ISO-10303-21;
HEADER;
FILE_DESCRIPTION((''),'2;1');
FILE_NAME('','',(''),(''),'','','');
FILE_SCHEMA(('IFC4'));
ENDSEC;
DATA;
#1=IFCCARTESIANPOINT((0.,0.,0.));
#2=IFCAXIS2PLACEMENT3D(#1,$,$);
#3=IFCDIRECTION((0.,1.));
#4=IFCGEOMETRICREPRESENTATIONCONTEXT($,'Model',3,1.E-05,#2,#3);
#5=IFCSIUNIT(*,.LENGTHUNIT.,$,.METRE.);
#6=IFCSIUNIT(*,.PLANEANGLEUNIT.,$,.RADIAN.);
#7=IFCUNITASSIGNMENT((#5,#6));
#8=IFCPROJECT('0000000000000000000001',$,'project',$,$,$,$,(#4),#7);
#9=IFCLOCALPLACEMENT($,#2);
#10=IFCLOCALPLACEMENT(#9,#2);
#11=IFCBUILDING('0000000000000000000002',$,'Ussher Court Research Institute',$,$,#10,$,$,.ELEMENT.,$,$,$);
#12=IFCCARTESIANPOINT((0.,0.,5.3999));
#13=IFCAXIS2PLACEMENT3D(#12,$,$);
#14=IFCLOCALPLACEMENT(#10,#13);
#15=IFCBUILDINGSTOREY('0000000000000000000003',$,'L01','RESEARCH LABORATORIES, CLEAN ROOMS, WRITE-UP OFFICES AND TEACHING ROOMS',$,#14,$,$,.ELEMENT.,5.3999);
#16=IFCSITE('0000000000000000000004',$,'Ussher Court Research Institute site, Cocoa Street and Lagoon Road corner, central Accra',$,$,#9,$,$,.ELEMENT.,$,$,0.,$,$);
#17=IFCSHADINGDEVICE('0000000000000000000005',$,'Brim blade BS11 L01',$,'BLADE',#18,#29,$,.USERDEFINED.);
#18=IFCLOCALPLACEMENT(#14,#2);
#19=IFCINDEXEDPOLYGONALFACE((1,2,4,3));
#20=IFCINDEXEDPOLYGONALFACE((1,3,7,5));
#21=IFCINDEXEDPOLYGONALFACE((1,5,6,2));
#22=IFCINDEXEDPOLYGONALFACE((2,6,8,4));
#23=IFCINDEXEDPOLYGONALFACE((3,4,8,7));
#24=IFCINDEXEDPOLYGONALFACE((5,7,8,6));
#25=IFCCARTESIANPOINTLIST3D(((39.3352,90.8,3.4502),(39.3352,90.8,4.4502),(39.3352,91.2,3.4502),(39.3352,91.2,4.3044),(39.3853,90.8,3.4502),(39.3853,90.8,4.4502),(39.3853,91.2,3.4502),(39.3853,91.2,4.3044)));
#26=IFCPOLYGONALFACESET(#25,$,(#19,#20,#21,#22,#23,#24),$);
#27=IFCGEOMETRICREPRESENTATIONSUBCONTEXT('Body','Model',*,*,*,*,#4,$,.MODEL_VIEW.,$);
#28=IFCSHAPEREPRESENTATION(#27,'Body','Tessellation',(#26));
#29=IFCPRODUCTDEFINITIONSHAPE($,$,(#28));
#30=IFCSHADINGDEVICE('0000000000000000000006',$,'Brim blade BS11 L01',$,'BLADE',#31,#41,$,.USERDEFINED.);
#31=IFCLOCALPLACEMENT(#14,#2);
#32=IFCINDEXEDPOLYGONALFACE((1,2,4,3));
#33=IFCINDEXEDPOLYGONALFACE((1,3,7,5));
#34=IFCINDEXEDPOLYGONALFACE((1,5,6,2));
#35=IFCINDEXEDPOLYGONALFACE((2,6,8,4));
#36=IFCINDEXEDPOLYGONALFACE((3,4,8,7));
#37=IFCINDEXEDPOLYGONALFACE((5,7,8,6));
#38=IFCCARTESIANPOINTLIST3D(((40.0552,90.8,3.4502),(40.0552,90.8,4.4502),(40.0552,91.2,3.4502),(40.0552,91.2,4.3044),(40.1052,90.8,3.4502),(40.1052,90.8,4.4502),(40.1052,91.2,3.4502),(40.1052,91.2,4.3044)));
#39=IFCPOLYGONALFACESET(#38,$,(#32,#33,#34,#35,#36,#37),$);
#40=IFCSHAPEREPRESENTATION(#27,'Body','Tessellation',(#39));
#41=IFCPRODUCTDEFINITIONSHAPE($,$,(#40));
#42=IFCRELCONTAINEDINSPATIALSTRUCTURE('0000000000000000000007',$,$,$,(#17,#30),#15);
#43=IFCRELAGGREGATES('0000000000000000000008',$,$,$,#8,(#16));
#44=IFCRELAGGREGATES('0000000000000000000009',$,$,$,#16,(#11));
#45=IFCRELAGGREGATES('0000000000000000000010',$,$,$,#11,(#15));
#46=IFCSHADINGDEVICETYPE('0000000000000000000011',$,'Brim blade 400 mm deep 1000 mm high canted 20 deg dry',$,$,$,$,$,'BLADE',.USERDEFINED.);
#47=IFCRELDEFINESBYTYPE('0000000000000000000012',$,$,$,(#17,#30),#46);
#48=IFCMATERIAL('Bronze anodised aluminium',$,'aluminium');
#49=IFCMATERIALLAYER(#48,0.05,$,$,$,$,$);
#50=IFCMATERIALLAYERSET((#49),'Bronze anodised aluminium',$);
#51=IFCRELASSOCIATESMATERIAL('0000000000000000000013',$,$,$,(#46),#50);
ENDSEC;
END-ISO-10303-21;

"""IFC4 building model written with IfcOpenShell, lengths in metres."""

from ifc_helpers import new_model, si_unit, direction, frame, origin, place, context, subcontext, project, spatial, polyline, outline, extrude, material, layer, layer_set, type_object, element, save


model = new_model("IFC4")

# Units and contexts
model_context = context("Model", 3, precision=1e-05, world=origin(), true_north=direction((0.0, 1.0)))
body_context = subcontext(model_context, "Body", "Model", "MODEL_VIEW")
ifc_project = project(units=[si_unit("LENGTHUNIT", "METRE"), si_unit("PLANEANGLEUNIT", "RADIAN")], contexts=[model_context])

# Site, building, storey
site_placement = place(None, origin())
site = spatial("IfcSite", under=ifc_project, at=site_placement, Name="Ussher Court Research Institute site, Cocoa Street and Lagoon Road corner, central Accra", CompositionType="ELEMENT", RefElevation=0.0)
building_placement = place(site_placement, origin())
building = spatial("IfcBuilding", under=site, at=building_placement, Name="Ussher Court Research Institute", CompositionType="ELEMENT")
storey_placement = place(building_placement, frame((0.0, 0.0, 5.3999)))
storey = spatial("IfcBuildingStorey", under=building, at=storey_placement, Name="L01", Description="RESEARCH LABORATORIES, CLEAN ROOMS, WRITE-UP OFFICES AND TEACHING ROOMS", CompositionType="ELEMENT", Elevation=5.3999)

# Shading devices
ifc_material_1 = material(Name="Bronze anodised aluminium", Category="aluminium")
ifc_layer_1 = layer(ifc_material_1, 0.05)
ifc_layer_set_1 = layer_set([ifc_layer_1], Name="Bronze anodised aluminium")
shading_device_type_1 = type_object("IfcShadingDeviceType", Name="Brim blade 400 mm deep 1000 mm high canted 20 deg dry", ElementType="BLADE", PredefinedType="USERDEFINED", material=ifc_layer_set_1)
for number, where, z_axis, x_axis, name in (
    (1, (39.3601, 90.8, 3.4502), (0.0, 0.0, 1.0), (0.0, 1.0, 0.0), "Brim blade BS11 L01"),
    (2, (40.0801, 90.8, 3.4502), (0.0, 0.0, 1.0), (0.0, 1.0, 0.0), "Brim blade BS11 L01"),
):
    element("IfcShadingDevice", number, at=place(storey_placement, frame(where, z_axis=z_axis, x_axis=x_axis)), inside=storey, type_object=shading_device_type_1, Name=name, ObjectType="BLADE", PredefinedType="USERDEFINED", context=body_context, shape_type="SweptSolid", body=[
        extrude(outline(polyline([(0.0, 0.0), (0.3999, 0.0), (0.3999, 0.8542), (0.0, 1.0), (0.0, 0.0)])), frame((0.0, 0.0249, 0.0), z_axis=(0.0, -1.0, 0.0), x_axis=(1.0, 0.0, 0.0)), (0.0, 0.0, 1.0), 0.05),
    ])

save(model, "model.ifc")
